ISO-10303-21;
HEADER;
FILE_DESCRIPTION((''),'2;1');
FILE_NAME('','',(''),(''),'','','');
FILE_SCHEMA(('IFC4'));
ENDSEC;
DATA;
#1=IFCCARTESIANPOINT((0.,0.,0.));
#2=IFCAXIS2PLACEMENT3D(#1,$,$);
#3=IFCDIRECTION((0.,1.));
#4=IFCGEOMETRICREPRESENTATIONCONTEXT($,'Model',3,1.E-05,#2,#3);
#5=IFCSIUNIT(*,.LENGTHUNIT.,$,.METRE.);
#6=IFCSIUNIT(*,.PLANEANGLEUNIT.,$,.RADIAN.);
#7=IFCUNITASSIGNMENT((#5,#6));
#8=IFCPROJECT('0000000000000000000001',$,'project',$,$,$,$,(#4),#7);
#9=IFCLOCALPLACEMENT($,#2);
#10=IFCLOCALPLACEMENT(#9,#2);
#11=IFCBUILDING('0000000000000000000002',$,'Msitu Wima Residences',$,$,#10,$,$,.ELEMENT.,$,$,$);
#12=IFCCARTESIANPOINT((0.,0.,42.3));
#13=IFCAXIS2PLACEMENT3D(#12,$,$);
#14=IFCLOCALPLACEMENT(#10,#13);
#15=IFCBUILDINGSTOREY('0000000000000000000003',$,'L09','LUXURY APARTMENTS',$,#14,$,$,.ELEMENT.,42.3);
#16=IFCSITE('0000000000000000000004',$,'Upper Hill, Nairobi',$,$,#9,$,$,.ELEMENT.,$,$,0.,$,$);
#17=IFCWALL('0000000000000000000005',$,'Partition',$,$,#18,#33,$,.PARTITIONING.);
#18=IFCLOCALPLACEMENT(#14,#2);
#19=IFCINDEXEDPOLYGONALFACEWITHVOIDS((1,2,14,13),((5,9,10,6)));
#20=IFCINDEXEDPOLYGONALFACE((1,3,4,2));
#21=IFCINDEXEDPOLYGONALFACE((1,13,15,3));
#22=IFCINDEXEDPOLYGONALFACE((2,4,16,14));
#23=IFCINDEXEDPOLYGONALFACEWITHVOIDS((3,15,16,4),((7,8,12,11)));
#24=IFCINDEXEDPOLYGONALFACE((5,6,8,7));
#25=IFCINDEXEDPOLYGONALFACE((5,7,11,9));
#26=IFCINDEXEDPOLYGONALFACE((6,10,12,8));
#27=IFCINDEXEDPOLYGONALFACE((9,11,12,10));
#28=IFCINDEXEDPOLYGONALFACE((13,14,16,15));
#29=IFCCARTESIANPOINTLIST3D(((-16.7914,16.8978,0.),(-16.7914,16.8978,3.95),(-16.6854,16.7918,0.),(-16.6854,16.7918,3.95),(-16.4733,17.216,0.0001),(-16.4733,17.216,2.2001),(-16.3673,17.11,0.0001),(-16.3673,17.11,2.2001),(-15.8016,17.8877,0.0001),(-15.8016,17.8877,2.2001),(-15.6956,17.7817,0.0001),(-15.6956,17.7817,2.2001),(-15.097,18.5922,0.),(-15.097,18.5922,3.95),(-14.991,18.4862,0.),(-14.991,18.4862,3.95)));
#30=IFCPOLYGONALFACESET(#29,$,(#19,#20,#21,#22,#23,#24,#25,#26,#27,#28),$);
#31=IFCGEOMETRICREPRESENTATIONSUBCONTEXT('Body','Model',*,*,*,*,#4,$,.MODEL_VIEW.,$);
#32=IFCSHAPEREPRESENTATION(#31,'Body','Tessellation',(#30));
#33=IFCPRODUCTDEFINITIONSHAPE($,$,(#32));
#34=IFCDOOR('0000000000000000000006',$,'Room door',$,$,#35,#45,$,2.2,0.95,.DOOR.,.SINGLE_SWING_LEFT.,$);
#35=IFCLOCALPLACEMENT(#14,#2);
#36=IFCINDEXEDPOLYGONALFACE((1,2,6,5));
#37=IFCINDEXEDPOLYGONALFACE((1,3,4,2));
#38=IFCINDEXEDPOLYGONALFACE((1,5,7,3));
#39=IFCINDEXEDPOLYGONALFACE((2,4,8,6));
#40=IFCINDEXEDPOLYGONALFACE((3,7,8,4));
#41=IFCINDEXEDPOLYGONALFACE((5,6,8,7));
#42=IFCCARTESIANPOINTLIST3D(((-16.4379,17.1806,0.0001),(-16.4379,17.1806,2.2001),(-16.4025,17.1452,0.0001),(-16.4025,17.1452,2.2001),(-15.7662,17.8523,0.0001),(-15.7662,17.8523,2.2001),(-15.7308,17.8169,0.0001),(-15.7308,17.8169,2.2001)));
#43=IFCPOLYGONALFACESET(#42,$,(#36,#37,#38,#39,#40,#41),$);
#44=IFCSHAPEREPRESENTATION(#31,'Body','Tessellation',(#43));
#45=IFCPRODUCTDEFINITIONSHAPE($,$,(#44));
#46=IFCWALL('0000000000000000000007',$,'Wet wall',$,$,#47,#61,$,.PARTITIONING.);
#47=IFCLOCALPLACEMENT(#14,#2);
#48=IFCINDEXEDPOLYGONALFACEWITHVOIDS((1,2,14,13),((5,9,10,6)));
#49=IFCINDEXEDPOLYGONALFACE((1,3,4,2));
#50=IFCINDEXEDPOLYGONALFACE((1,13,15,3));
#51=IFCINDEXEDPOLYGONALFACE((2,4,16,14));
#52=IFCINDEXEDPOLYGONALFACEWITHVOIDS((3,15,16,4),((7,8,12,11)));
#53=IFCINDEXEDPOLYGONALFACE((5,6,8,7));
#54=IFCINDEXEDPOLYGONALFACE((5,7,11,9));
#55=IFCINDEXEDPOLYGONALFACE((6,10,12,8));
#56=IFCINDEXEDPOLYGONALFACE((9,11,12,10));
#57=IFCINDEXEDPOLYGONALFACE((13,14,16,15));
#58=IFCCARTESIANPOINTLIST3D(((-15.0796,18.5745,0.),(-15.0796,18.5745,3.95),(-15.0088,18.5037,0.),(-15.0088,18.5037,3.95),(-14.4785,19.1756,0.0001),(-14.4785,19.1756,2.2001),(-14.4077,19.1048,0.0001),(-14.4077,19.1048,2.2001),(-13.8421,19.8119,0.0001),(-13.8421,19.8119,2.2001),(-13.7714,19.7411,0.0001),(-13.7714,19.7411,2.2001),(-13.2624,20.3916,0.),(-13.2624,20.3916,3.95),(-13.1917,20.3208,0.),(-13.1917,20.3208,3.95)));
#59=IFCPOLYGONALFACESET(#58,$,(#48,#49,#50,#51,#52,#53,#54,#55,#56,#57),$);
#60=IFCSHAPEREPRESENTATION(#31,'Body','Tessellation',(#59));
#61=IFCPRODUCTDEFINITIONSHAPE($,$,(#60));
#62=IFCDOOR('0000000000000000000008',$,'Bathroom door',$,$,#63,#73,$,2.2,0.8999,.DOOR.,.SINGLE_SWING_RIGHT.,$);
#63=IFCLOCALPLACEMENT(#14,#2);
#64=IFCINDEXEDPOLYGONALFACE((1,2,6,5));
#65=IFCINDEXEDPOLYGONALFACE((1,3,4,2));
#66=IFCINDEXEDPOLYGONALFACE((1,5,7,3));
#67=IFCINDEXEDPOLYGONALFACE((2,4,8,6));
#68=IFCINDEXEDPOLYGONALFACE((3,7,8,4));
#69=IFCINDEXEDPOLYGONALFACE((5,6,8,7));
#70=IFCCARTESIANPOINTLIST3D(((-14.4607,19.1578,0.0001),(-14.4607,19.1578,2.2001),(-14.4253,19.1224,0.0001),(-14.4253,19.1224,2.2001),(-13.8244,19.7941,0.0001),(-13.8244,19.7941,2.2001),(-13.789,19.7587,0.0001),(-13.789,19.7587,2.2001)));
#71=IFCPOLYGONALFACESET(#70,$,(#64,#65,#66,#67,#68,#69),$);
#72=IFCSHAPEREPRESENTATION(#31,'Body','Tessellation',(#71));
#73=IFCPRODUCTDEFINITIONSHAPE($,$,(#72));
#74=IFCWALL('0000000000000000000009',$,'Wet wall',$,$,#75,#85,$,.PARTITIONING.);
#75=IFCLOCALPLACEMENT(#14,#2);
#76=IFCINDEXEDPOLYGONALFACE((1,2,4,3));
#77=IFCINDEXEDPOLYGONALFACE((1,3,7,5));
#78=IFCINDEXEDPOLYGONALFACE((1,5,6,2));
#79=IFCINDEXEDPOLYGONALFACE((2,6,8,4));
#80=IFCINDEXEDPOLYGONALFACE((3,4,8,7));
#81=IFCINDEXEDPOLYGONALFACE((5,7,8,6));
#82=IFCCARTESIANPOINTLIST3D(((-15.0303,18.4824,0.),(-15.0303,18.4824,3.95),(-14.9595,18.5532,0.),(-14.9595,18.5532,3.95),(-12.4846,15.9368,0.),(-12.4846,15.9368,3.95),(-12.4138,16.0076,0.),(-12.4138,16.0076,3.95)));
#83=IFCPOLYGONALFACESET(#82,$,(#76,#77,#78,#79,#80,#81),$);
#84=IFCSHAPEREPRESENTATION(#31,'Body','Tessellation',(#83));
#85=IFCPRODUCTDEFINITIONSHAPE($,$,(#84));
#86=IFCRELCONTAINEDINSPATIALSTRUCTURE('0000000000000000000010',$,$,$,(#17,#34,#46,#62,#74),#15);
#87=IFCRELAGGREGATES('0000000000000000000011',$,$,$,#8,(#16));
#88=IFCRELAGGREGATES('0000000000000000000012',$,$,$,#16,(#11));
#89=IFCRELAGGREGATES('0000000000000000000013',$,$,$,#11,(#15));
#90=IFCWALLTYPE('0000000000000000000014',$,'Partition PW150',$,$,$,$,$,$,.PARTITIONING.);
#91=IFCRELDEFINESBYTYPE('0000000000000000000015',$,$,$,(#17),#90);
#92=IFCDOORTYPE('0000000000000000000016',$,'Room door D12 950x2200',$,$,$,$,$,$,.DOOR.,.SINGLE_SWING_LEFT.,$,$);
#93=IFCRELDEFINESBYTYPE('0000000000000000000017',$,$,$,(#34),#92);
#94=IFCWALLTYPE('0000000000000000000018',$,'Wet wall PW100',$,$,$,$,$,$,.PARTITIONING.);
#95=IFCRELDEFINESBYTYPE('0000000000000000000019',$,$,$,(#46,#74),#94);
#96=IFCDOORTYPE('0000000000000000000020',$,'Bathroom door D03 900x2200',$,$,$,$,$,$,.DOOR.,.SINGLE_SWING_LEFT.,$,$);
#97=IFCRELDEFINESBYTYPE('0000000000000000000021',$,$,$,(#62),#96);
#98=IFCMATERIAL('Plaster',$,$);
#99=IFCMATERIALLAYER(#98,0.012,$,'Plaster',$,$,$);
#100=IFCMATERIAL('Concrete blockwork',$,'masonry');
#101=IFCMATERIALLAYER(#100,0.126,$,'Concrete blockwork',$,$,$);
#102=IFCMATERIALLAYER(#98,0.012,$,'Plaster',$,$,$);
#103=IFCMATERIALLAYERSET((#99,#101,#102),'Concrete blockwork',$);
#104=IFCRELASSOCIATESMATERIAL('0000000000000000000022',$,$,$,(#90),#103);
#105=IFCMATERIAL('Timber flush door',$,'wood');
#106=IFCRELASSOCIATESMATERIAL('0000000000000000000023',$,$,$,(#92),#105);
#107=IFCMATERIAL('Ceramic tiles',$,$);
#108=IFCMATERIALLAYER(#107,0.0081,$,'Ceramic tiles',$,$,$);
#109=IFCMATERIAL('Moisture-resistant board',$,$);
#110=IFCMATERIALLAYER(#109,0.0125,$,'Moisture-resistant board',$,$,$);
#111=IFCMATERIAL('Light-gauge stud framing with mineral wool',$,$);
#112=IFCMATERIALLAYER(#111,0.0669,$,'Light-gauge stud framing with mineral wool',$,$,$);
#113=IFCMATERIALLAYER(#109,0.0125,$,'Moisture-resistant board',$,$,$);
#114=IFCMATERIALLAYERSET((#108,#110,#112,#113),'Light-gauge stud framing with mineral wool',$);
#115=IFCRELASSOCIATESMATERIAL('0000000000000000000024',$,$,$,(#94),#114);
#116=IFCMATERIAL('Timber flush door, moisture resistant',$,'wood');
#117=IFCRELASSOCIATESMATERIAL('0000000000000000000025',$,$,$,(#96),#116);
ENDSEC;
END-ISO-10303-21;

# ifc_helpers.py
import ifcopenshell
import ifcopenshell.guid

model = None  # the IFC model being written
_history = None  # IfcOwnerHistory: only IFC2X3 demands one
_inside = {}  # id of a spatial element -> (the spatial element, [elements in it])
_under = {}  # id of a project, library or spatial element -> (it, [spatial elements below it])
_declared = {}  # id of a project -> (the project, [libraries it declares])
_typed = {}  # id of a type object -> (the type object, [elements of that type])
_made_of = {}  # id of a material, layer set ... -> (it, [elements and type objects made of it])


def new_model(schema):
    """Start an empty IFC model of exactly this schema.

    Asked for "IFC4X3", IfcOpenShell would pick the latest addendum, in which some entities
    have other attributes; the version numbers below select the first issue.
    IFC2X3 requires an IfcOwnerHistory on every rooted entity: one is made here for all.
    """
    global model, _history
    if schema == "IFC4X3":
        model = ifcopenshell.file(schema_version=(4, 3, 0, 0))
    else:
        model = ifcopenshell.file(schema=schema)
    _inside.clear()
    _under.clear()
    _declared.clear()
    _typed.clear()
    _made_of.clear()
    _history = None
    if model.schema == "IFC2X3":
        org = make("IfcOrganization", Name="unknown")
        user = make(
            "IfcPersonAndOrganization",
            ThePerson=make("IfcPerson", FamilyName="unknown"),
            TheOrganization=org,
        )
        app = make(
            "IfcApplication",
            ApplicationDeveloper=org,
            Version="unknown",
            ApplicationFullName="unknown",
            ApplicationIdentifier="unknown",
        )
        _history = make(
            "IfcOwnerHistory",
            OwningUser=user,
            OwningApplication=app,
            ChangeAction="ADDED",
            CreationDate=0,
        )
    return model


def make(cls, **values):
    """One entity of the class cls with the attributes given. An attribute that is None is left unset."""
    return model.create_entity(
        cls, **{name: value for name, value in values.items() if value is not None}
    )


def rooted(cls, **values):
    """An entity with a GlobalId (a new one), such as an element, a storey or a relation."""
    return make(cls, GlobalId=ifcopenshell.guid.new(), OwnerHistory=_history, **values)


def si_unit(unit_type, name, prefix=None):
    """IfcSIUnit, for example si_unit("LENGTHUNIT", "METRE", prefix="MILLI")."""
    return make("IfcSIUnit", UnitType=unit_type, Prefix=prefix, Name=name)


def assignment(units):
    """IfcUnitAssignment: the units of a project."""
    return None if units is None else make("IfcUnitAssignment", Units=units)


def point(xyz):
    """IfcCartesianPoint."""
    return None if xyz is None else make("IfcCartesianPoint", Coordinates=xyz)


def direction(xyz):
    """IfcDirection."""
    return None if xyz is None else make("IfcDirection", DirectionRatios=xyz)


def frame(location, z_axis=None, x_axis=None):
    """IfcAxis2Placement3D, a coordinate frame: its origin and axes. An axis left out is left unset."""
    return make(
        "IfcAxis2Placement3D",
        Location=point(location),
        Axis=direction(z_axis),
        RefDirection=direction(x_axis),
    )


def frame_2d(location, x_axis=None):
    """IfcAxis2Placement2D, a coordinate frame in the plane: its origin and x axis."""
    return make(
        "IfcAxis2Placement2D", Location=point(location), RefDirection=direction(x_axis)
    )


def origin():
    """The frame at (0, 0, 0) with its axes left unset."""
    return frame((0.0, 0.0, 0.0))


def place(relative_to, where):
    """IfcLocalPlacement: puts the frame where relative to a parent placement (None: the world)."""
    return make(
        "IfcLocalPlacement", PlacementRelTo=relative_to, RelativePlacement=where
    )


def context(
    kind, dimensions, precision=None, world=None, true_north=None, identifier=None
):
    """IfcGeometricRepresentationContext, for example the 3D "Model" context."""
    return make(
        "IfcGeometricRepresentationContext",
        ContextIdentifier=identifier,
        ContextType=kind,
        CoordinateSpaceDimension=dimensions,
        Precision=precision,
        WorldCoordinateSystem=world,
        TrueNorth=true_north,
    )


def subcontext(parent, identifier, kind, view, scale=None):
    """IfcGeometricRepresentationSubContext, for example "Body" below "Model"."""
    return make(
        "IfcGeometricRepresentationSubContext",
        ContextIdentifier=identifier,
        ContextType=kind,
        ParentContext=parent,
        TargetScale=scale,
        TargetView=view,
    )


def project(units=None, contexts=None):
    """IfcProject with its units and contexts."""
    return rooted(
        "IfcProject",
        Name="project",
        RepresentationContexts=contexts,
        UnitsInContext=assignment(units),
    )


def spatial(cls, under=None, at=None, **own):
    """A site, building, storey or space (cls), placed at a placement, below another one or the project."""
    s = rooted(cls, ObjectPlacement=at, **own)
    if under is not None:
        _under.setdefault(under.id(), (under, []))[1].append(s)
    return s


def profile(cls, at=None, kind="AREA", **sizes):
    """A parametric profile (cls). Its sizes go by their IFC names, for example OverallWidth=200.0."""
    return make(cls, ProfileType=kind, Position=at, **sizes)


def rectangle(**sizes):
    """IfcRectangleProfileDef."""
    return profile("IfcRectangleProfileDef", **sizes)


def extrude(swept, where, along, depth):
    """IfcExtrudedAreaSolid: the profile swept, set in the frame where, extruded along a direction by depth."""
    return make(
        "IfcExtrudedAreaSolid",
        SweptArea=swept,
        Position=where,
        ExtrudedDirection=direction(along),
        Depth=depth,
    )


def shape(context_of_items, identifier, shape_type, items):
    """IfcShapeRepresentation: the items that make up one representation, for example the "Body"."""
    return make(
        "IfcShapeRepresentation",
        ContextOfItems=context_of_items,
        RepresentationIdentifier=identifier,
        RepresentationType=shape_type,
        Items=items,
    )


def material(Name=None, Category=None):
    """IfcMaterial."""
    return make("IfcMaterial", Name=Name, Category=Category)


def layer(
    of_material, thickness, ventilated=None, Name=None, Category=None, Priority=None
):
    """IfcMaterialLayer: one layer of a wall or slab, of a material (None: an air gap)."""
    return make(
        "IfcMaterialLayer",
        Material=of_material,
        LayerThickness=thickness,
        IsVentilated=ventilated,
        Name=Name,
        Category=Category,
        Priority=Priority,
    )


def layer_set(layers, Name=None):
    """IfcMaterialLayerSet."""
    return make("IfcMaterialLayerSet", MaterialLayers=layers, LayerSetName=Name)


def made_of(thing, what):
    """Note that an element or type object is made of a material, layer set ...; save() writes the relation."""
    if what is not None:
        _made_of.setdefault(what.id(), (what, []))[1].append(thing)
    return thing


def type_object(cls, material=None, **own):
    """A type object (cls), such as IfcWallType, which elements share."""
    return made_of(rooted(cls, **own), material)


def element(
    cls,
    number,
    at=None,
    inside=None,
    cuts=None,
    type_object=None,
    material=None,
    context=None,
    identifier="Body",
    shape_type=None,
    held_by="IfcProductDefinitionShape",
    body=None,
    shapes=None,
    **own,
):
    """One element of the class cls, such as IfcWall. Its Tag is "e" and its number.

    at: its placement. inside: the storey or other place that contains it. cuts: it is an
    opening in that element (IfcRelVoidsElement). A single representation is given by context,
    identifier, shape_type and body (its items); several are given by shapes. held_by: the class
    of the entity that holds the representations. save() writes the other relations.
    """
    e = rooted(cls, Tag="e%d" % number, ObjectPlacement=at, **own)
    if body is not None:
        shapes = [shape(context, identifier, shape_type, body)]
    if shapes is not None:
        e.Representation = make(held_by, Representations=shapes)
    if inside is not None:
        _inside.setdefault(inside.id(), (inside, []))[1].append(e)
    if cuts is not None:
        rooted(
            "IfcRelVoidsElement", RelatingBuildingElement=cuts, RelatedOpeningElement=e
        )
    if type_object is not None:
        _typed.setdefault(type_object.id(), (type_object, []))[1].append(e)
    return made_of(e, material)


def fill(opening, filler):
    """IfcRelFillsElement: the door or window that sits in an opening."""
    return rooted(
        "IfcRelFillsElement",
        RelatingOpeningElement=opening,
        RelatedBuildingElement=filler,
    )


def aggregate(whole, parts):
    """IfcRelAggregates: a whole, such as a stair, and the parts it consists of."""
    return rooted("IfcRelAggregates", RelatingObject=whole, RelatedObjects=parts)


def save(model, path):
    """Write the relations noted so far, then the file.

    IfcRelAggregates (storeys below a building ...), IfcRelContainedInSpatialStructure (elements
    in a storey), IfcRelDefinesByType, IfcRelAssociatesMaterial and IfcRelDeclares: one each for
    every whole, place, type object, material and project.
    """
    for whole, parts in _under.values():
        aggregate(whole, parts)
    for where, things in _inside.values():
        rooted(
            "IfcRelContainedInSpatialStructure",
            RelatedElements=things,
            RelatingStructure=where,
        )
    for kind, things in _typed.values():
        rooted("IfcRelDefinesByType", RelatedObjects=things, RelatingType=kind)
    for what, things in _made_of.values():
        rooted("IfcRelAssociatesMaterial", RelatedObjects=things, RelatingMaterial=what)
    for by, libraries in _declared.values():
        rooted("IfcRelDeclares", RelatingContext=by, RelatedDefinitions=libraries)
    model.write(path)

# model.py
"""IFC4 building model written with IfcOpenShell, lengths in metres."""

from ifc_helpers import new_model, si_unit, direction, frame, frame_2d, origin, place, context, subcontext, project, spatial, rectangle, extrude, material, layer, layer_set, type_object, element, fill, save


model = new_model("IFC4")

# Units and contexts
model_context = context("Model", 3, precision=1e-05, world=origin(), true_north=direction((0.0, 1.0)))
body_context = subcontext(model_context, "Body", "Model", "MODEL_VIEW")
ifc_project = project(units=[si_unit("LENGTHUNIT", "METRE"), si_unit("PLANEANGLEUNIT", "RADIAN")], contexts=[model_context])

# Site, building, storey
site_placement = place(None, origin())
site = spatial("IfcSite", under=ifc_project, at=site_placement, Name="Upper Hill, Nairobi", CompositionType="ELEMENT", RefElevation=0.0)
building_placement = place(site_placement, origin())
building = spatial("IfcBuilding", under=site, at=building_placement, Name="Msitu Wima Residences", CompositionType="ELEMENT")
storey_placement = place(building_placement, frame((0.0, 0.0, 42.3)))
storey = spatial("IfcBuildingStorey", under=building, at=storey_placement, Name="L09", Description="LUXURY APARTMENTS", CompositionType="ELEMENT", Elevation=42.3)

# Shared definitions
ifc_material_1 = material(Name="Plaster")
ifc_layer_1 = layer(ifc_material_1, 0.012, Name="Plaster")
ifc_material_2 = material(Name="Concrete blockwork", Category="masonry")
ifc_layer_2 = layer(ifc_material_2, 0.126, Name="Concrete blockwork")
ifc_layer_3 = layer(ifc_material_1, 0.012, Name="Plaster")
ifc_layer_set_1 = layer_set([ifc_layer_1, ifc_layer_2, ifc_layer_3], Name="Concrete blockwork")
wall_type_1 = type_object("IfcWallType", Name="Partition PW150", PredefinedType="PARTITIONING", material=ifc_layer_set_1)

# Walls, openings, doors
wall_1_placement = place(storey_placement, frame((-16.7385, 16.8447, 0.0), z_axis=(0.0, 0.0, 1.0), x_axis=(0.707107, 0.707107, 0.0)))
wall_1 = element("IfcWall", 1, at=wall_1_placement, inside=storey, type_object=wall_type_1, Name="Partition", PredefinedType="PARTITIONING", context=body_context, shape_type="SweptSolid", body=[
    extrude(rectangle(XDim=2.3962, YDim=0.1499, at=frame_2d((1.1982, 0.0))), origin(), (0.0, 0.0, 1.0), 3.95),
])
opening_1_placement = place(wall_1_placement, frame((0.45, 0.0, 0.0)))
opening_1 = element("IfcOpeningElement", 2, at=opening_1_placement, cuts=wall_1, PredefinedType="OPENING", context=body_context, shape_type="SweptSolid", body=[
    extrude(rectangle(XDim=0.95, YDim=2.2, at=frame_2d((0.4751, 1.1001))), frame((0.0, 0.085, 0.0), z_axis=(0.0, -1.0, 0.0), x_axis=(1.0, 0.0, 0.0)), (0.0, 0.0, 1.0), 0.1699),
])
ifc_material_3 = material(Name="Timber flush door", Category="wood")
door_type_1 = type_object("IfcDoorType", Name="Room door D12 950x2200", OperationType="SINGLE_SWING_LEFT", PredefinedType="DOOR", material=ifc_material_3)
door_1_placement = place(opening_1_placement, origin())
door_1 = element("IfcDoor", 3, at=door_1_placement, inside=storey, type_object=door_type_1, Name="Room door", OperationType="SINGLE_SWING_LEFT", OverallHeight=2.2, OverallWidth=0.95, PredefinedType="DOOR", context=body_context, shape_type="SweptSolid", body=[
    extrude(rectangle(XDim=0.95, YDim=2.2, at=frame_2d((0.4751, 1.1001))), frame((0.0, 0.0249, 0.0), z_axis=(0.0, -1.0, 0.0), x_axis=(1.0, 0.0, 0.0)), (0.0, 0.0, 1.0), 0.05),
])
fill(opening_1, door_1)
ifc_material_4 = material(Name="Ceramic tiles")
ifc_layer_4 = layer(ifc_material_4, 0.0081, Name="Ceramic tiles")
ifc_material_5 = material(Name="Moisture-resistant board")
ifc_layer_5 = layer(ifc_material_5, 0.0125, Name="Moisture-resistant board")
ifc_material_6 = material(Name="Light-gauge stud framing with mineral wool")
ifc_layer_6 = layer(ifc_material_6, 0.0669, Name="Light-gauge stud framing with mineral wool")
ifc_layer_7 = layer(ifc_material_5, 0.0125, Name="Moisture-resistant board")
ifc_layer_set_2 = layer_set([ifc_layer_4, ifc_layer_5, ifc_layer_6, ifc_layer_7], Name="Light-gauge stud framing with mineral wool")
wall_type_2 = type_object("IfcWallType", Name="Wet wall PW100", PredefinedType="PARTITIONING", material=ifc_layer_set_2)
wall_2_placement = place(storey_placement, frame((-15.0442, 18.5391, 0.0), z_axis=(0.0, 0.0, 1.0), x_axis=(0.707107, 0.707107, 0.0)))
wall_2 = element("IfcWall", 4, at=wall_2_placement, inside=storey, type_object=wall_type_2, Name="Wet wall", PredefinedType="PARTITIONING", context=body_context, shape_type="SweptSolid", body=[
    extrude(rectangle(XDim=2.5698, YDim=0.1001, at=frame_2d((1.2849, 0.0))), origin(), (0.0, 0.0, 1.0), 3.95),
])
opening_2_placement = place(wall_2_placement, frame((0.8501, 0.0, 0.0)))
opening_2 = element("IfcOpeningElement", 5, at=opening_2_placement, cuts=wall_2, PredefinedType="OPENING", context=body_context, shape_type="SweptSolid", body=[
    extrude(rectangle(XDim=0.8999, YDim=2.2, at=frame_2d((0.45, 1.1001))), frame((0.0, 0.0601, 0.0), z_axis=(0.0, -1.0, 0.0), x_axis=(1.0, 0.0, 0.0)), (0.0, 0.0, 1.0), 0.1201),
])
ifc_material_7 = material(Name="Timber flush door, moisture resistant", Category="wood")
door_type_2 = type_object("IfcDoorType", Name="Bathroom door D03 900x2200", OperationType="SINGLE_SWING_LEFT", PredefinedType="DOOR", material=ifc_material_7)
door_2_placement = place(opening_2_placement, origin())
door_2 = element("IfcDoor", 6, at=door_2_placement, inside=storey, type_object=door_type_2, Name="Bathroom door", OperationType="SINGLE_SWING_RIGHT", OverallHeight=2.2, OverallWidth=0.8999, PredefinedType="DOOR", context=body_context, shape_type="SweptSolid", body=[
    extrude(rectangle(XDim=0.8999, YDim=2.2, at=frame_2d((0.45, 1.1001))), frame((0.0, 0.0249, 0.0), z_axis=(0.0, -1.0, 0.0), x_axis=(1.0, 0.0, 0.0)), (0.0, 0.0, 1.0), 0.05),
])
fill(opening_2, door_2)

# Wall
wall_3_placement = place(storey_placement, frame((-14.9949, 18.5178, 0.0), z_axis=(0.0, 0.0, 1.0), x_axis=(0.707107, -0.707107, 0.0)))
element("IfcWall", 7, at=wall_3_placement, inside=storey, type_object=wall_type_2, Name="Wet wall", PredefinedType="PARTITIONING", context=body_context, shape_type="SweptSolid", body=[
    extrude(rectangle(XDim=3.6001, YDim=0.1001, at=frame_2d((1.8, 0.0))), origin(), (0.0, 0.0, 1.0), 3.95),
])

save(model, "model.ifc")
